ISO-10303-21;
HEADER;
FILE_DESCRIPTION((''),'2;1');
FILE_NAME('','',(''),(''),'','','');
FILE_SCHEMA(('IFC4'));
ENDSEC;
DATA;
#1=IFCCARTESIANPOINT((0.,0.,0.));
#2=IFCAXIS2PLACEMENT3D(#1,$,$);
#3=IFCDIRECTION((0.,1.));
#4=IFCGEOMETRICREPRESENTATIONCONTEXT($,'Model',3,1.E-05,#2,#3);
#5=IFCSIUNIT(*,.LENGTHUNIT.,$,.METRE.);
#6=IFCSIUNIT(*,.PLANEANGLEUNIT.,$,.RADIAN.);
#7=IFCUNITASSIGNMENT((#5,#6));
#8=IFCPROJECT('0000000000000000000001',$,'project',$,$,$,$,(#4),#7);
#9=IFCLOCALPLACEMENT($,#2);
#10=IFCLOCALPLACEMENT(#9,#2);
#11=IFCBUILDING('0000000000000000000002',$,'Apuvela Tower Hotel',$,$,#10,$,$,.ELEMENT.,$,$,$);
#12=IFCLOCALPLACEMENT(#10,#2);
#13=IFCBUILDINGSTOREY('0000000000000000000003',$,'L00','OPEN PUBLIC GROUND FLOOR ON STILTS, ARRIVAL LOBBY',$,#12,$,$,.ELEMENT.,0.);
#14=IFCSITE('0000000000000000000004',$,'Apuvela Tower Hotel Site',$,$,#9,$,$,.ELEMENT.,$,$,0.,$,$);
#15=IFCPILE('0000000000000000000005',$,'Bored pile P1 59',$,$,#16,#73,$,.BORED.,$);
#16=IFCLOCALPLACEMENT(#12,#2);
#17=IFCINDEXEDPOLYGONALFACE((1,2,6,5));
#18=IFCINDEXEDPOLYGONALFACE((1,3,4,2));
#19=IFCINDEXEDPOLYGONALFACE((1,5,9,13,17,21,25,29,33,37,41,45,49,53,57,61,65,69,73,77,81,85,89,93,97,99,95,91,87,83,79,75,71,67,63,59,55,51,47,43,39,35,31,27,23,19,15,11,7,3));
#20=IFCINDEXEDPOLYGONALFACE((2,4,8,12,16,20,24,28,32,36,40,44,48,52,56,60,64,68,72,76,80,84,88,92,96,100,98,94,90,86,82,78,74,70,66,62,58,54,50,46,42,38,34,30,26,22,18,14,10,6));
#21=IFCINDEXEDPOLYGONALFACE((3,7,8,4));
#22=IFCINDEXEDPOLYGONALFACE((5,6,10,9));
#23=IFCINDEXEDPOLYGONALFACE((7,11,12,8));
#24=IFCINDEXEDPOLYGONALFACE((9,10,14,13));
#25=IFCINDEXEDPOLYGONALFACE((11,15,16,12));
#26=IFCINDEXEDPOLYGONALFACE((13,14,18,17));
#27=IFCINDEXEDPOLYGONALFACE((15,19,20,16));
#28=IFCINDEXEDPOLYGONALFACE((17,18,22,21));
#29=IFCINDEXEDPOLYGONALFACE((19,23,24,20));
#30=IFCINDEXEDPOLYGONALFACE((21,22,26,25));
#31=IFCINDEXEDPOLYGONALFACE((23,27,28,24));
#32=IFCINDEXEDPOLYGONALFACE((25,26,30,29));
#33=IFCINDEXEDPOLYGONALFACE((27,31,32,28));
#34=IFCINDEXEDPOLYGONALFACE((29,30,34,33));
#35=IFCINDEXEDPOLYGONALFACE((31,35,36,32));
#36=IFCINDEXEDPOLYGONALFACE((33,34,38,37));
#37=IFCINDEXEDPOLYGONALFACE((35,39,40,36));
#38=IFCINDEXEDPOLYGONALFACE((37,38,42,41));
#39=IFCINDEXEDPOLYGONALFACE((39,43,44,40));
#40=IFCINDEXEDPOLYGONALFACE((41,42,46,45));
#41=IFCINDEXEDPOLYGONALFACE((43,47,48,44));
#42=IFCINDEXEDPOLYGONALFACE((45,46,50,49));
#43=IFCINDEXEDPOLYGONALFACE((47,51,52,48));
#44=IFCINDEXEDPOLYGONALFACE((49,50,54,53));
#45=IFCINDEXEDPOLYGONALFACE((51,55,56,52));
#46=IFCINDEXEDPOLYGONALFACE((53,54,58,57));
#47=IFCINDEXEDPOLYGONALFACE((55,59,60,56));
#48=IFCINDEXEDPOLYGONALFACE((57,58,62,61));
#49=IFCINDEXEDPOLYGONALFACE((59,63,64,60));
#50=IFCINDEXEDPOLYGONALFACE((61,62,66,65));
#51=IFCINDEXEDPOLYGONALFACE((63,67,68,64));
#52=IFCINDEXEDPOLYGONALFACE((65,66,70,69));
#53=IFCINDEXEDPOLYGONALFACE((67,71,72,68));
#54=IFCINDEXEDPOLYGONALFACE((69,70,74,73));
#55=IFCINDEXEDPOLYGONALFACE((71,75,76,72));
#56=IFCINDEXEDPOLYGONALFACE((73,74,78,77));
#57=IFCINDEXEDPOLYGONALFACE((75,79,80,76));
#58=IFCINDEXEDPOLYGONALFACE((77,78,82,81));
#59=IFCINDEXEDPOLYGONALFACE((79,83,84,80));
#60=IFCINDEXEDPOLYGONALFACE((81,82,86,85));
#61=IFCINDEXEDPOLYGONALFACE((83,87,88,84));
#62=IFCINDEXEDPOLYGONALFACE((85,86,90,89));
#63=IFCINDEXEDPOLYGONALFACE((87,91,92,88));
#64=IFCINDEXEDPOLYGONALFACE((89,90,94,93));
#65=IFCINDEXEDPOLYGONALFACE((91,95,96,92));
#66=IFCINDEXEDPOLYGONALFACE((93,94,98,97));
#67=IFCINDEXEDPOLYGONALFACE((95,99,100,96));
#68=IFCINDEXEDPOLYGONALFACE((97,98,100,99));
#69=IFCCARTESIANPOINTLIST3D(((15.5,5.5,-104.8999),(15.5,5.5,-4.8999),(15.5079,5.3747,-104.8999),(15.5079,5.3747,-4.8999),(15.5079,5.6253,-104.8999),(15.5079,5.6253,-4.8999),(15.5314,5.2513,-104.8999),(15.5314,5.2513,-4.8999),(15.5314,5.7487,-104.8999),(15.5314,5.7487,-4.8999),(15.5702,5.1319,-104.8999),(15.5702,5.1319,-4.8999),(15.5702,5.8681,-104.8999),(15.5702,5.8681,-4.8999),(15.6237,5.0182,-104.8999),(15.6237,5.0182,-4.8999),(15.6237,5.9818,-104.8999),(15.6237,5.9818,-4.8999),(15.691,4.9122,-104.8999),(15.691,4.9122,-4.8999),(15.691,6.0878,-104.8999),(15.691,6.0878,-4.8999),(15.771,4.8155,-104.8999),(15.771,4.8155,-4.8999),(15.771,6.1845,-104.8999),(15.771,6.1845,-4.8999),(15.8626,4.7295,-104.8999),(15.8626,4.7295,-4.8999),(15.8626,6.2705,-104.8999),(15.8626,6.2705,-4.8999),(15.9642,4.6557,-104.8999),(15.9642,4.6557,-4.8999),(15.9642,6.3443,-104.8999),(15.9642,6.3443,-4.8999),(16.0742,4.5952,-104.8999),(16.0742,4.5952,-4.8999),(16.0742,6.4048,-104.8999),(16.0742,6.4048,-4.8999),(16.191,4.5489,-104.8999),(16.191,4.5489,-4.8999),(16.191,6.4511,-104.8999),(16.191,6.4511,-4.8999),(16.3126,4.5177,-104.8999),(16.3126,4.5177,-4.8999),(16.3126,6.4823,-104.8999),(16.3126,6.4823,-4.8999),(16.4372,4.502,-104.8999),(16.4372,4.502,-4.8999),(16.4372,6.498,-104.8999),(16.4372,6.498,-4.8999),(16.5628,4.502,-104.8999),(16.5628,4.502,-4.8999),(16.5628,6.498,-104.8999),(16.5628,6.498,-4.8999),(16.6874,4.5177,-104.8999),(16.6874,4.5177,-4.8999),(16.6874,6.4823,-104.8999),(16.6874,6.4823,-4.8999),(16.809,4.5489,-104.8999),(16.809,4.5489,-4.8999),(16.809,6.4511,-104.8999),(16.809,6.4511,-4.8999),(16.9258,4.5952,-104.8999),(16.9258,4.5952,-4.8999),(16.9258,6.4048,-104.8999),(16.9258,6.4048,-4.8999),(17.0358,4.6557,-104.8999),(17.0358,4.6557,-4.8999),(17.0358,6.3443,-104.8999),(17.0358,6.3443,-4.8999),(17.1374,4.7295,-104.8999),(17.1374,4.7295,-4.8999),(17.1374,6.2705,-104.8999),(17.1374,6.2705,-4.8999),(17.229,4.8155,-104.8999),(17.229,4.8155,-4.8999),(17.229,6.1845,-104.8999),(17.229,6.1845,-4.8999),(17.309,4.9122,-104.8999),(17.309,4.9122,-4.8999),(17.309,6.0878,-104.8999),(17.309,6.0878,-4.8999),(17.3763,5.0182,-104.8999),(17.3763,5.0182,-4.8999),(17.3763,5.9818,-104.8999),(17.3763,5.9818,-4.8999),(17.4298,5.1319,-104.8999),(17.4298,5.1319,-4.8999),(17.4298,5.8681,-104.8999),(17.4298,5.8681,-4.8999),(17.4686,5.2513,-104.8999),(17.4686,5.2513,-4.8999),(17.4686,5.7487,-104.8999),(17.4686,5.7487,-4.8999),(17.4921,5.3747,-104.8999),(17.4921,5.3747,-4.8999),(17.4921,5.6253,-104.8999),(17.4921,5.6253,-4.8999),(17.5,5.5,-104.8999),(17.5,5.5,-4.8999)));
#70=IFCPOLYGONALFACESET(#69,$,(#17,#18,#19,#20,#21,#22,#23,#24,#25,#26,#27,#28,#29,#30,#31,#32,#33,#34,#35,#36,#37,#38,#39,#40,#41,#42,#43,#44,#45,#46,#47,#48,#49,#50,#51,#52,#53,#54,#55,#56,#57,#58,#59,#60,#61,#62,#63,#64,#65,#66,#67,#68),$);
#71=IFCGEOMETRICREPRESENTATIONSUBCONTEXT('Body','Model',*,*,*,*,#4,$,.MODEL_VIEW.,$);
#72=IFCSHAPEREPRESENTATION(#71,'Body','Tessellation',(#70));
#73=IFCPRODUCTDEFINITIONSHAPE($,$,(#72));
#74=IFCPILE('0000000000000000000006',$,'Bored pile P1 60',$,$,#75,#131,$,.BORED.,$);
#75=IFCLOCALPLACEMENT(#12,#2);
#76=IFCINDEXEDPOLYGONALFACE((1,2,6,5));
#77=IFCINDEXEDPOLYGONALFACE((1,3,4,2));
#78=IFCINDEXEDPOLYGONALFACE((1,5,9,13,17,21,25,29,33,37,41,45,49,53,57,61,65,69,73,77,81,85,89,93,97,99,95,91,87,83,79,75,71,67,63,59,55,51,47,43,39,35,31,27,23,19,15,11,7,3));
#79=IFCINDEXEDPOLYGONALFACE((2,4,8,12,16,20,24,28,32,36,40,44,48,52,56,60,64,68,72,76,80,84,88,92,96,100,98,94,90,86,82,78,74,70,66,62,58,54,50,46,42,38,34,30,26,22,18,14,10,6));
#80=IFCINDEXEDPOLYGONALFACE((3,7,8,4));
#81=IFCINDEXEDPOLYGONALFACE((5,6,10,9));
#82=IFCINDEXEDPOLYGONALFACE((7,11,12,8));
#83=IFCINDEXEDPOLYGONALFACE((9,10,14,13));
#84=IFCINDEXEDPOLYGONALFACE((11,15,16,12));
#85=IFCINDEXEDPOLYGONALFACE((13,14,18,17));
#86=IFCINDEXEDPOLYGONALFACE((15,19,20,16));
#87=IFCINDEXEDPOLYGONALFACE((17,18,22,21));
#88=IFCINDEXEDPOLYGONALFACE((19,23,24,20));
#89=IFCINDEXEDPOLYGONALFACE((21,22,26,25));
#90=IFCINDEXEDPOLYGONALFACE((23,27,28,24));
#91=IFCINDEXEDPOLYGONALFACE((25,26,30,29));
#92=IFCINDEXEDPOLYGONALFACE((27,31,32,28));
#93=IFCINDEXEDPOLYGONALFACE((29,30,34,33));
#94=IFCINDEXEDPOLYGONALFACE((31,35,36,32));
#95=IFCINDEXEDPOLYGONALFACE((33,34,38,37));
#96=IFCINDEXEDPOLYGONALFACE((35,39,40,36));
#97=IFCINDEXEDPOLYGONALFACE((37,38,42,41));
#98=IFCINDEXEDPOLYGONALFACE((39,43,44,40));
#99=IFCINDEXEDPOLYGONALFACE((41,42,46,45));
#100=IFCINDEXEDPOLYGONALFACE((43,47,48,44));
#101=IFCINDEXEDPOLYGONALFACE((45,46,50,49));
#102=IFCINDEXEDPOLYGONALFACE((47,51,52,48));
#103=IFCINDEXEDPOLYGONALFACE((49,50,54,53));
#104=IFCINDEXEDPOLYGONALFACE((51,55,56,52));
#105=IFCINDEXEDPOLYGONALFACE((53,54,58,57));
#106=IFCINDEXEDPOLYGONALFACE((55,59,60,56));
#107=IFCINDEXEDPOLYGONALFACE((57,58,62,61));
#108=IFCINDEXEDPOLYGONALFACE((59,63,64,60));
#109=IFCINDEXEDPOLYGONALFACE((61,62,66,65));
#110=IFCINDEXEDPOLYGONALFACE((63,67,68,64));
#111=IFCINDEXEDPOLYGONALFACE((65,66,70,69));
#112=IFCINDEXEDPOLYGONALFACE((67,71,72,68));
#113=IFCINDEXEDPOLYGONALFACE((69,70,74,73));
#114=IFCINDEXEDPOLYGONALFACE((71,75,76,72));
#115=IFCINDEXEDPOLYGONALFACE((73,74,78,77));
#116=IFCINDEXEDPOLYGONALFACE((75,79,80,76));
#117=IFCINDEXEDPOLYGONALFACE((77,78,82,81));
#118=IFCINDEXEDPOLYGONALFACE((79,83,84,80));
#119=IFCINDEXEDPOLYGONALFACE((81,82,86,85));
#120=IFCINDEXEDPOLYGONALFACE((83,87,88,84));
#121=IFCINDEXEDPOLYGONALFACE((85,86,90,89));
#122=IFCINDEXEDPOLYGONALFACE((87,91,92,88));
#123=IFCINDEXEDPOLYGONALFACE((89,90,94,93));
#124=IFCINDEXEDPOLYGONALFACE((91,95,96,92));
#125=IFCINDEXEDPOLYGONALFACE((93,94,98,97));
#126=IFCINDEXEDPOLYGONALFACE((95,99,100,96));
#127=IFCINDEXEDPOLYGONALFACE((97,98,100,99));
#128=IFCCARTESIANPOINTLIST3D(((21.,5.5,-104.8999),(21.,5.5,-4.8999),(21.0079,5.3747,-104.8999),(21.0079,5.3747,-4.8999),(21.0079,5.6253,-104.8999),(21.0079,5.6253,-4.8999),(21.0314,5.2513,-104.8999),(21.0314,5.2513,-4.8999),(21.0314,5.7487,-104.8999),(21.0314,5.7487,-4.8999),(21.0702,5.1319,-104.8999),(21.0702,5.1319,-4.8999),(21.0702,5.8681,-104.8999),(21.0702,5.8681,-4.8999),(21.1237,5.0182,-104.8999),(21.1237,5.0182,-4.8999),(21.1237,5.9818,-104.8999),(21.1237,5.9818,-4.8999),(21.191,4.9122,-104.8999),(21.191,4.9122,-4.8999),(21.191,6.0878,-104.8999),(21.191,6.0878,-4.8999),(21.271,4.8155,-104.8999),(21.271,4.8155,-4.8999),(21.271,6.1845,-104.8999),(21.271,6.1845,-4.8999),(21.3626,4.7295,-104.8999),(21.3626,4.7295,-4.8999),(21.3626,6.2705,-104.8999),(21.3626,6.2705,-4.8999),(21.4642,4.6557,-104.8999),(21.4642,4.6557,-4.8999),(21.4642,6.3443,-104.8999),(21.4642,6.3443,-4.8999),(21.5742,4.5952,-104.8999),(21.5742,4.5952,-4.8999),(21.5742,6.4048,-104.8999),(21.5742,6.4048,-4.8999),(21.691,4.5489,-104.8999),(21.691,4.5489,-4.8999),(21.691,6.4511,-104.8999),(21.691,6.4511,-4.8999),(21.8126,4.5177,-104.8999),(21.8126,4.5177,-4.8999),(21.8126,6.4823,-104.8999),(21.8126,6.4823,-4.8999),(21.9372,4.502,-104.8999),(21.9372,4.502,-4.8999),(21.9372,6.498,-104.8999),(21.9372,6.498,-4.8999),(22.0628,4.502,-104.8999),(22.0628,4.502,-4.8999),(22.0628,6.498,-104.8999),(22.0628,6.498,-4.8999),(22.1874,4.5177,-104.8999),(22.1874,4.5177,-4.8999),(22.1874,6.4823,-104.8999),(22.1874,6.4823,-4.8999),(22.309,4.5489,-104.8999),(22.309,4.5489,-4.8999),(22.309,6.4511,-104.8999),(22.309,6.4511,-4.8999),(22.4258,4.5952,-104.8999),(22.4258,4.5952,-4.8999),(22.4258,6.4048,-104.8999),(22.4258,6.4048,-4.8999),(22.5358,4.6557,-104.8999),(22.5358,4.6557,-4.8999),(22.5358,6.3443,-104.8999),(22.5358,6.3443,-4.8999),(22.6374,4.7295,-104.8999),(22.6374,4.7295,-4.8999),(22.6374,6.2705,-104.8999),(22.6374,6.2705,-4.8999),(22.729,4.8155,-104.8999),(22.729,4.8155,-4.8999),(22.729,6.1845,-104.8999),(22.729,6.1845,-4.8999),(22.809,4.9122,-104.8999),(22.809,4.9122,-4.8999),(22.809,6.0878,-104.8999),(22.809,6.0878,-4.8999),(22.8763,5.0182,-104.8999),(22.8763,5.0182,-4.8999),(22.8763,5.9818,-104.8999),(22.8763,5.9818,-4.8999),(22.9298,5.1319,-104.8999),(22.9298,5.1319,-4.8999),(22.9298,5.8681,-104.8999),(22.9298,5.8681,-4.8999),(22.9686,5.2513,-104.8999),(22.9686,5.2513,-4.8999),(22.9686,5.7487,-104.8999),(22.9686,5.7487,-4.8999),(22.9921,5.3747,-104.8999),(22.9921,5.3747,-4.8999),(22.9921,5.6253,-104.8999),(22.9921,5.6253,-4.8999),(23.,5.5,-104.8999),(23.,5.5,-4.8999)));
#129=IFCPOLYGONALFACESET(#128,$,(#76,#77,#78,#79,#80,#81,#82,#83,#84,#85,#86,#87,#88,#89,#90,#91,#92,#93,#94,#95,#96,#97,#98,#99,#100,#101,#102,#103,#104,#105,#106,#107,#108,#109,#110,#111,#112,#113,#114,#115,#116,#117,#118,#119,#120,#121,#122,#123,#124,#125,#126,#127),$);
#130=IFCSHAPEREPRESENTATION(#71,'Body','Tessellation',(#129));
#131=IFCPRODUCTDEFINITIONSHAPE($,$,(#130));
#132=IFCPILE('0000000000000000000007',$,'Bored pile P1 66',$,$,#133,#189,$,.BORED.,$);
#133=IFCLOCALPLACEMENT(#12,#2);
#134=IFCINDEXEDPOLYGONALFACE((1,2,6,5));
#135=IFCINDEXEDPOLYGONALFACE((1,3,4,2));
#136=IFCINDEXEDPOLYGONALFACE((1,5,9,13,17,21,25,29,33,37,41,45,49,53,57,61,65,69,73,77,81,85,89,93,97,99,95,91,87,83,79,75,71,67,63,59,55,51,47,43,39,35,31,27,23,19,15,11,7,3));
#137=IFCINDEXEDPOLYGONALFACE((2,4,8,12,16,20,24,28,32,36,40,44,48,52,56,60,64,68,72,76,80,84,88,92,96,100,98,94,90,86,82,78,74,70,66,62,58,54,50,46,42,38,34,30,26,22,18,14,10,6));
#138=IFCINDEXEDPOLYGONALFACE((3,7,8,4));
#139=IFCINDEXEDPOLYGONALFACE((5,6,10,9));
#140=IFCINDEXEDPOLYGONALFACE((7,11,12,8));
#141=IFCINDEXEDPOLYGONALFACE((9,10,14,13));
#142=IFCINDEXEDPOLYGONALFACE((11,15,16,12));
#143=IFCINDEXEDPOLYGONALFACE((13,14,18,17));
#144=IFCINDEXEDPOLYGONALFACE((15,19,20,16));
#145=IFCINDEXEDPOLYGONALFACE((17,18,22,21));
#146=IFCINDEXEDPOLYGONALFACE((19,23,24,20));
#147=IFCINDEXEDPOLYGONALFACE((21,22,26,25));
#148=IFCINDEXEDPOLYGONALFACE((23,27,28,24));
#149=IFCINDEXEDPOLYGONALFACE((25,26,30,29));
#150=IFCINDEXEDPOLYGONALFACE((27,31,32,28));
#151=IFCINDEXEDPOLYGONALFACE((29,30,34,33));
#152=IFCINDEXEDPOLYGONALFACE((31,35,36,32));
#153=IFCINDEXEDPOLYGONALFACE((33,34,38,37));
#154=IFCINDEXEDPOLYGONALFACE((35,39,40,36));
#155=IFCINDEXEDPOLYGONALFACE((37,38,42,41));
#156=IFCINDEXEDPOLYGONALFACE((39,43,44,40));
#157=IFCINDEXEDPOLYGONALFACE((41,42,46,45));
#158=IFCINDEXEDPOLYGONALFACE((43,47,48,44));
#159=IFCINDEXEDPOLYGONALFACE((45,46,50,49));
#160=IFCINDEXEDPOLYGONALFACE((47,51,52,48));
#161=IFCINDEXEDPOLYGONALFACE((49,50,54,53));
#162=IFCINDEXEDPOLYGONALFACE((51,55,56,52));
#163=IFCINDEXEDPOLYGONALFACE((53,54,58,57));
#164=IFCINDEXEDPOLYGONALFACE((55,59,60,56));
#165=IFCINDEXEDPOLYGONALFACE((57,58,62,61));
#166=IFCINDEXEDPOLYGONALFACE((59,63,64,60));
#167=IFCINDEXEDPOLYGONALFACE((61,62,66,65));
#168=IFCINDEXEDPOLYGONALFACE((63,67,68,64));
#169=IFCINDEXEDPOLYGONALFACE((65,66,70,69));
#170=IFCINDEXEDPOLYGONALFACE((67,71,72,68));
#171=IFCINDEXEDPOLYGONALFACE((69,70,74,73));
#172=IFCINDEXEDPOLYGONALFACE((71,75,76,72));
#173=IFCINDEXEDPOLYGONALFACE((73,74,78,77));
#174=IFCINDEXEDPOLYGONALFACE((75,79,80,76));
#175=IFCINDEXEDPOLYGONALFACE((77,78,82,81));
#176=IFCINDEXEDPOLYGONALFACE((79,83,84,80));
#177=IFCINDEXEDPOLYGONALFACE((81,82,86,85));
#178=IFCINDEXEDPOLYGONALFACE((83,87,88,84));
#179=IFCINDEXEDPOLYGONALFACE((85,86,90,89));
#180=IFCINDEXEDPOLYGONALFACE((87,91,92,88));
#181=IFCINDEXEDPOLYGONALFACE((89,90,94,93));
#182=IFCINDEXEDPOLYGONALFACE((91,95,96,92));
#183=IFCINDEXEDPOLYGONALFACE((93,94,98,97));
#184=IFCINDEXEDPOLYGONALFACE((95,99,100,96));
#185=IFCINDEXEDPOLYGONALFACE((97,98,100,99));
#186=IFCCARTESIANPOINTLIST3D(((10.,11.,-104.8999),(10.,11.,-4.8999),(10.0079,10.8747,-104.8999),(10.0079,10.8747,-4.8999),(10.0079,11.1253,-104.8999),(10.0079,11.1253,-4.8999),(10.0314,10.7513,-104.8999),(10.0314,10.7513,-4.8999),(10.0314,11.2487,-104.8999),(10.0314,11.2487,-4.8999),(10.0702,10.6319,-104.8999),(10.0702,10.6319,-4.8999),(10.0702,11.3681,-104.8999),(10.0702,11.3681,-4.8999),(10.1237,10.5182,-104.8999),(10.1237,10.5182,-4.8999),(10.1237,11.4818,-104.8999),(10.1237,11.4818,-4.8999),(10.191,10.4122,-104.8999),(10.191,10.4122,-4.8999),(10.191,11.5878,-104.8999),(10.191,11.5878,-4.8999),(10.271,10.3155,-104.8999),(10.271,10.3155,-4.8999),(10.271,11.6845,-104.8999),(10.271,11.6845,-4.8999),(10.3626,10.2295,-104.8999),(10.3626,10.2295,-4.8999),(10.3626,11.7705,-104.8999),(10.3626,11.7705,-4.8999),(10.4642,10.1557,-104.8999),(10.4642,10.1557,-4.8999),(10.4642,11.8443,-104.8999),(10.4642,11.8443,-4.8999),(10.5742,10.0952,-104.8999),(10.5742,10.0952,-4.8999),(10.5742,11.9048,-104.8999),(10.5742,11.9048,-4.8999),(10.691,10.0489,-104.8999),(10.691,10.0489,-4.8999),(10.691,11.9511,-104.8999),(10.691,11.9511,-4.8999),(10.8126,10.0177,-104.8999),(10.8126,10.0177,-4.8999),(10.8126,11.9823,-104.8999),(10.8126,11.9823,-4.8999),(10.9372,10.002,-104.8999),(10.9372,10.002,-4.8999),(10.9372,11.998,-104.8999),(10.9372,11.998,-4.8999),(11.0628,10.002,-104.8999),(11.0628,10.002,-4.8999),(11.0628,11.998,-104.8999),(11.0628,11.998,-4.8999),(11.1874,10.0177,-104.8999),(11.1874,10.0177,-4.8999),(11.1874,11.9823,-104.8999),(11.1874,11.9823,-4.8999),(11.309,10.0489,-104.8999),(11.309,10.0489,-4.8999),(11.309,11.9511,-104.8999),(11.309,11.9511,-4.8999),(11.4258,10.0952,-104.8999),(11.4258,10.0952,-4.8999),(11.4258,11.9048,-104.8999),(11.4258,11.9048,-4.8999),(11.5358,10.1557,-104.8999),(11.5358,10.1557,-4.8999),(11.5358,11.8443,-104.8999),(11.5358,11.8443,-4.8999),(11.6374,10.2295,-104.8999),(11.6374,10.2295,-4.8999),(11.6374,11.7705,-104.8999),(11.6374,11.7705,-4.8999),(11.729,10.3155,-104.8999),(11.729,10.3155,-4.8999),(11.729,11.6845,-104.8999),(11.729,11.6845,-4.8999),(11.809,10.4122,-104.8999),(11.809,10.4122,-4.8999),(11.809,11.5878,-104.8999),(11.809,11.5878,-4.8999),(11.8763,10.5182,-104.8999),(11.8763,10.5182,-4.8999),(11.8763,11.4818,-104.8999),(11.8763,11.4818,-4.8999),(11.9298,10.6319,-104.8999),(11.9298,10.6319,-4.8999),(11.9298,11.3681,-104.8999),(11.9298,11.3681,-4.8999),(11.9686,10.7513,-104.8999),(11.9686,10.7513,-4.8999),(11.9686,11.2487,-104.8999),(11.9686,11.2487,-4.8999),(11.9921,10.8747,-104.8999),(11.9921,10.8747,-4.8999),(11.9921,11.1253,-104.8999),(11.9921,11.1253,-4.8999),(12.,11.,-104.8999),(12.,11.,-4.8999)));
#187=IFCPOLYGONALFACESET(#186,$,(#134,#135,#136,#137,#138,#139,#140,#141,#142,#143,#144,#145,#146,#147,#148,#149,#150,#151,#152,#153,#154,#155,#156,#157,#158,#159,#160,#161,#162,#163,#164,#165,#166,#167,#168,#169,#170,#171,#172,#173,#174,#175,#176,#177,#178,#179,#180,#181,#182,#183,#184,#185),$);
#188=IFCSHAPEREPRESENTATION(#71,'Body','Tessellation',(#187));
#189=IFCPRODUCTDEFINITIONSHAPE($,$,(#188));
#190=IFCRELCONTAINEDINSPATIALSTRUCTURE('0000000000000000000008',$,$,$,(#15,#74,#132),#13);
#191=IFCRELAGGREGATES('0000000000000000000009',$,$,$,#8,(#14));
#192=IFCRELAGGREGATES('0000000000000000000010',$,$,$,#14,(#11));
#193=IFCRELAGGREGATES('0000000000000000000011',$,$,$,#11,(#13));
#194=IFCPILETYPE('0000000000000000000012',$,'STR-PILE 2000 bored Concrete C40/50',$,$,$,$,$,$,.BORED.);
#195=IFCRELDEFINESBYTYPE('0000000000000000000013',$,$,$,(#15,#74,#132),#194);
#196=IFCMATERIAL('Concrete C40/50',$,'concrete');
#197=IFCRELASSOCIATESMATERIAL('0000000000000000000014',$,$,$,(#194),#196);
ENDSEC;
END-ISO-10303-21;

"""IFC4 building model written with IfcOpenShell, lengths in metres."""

from ifc_helpers import new_model, si_unit, direction, frame, origin, origin_2d, place, context, subcontext, project, spatial, circle, extrude, material, material_profile, profile_set, type_object, element, save


model = new_model("IFC4")

# Units and contexts
model_context = context("Model", 3, precision=1e-05, world=origin(), true_north=direction((0.0, 1.0)))
body_context = subcontext(model_context, "Body", "Model", "MODEL_VIEW")
ifc_project = project(units=[si_unit("LENGTHUNIT", "METRE"), si_unit("PLANEANGLEUNIT", "RADIAN")], contexts=[model_context])

# Site, building, storey
site_placement = place(None, origin())
site = spatial("IfcSite", under=ifc_project, at=site_placement, Name="Apuvela Tower Hotel Site", CompositionType="ELEMENT", RefElevation=0.0)
building_placement = place(site_placement, origin())
building = spatial("IfcBuilding", under=site, at=building_placement, Name="Apuvela Tower Hotel", CompositionType="ELEMENT")
storey_placement = place(building_placement, origin())
storey = spatial("IfcBuildingStorey", under=building, at=storey_placement, Name="L00", Description="OPEN PUBLIC GROUND FLOOR ON STILTS, ARRIVAL LOBBY", CompositionType="ELEMENT", Elevation=0.0)

# Piles
ifc_material_1 = material(Name="Concrete C40/50", Category="concrete")
ifc_material_profile_1 = material_profile(ifc_material_1, circle(Radius=1.0, at=origin_2d()), Name="PILE 2000")
ifc_profile_set_1 = profile_set([ifc_material_profile_1], Name="Concrete C40/50")
pile_type = type_object("IfcPileType", Name="STR-PILE 2000 bored Concrete C40/50", PredefinedType="BORED", material=ifc_profile_set_1)
for number, where, z_axis, x_axis, name in (
    (1, (16.5, 5.5, -4.8999), (0.0, 0.0, -1.0), (1.0, 0.0, 0.0), "Bored pile P1 59"),
    (2, (22.0, 5.5, -4.8999), (0.0, 0.0, -1.0), (1.0, 0.0, 0.0), "Bored pile P1 60"),
    (3, (11.0, 11.0, -4.8999), (0.0, 0.0, -1.0), (1.0, 0.0, 0.0), "Bored pile P1 66"),
):
    element("IfcPile", number, at=place(storey_placement, frame(where, z_axis=z_axis, x_axis=x_axis)), inside=storey, type_object=pile_type, Name=name, PredefinedType="BORED", context=body_context, shape_type="SweptSolid", body=[
        extrude(circle(Radius=1.0, at=origin_2d()), origin(), (0.0, 0.0, 1.0), 100.0),
    ])

save(model, "model.ifc")
